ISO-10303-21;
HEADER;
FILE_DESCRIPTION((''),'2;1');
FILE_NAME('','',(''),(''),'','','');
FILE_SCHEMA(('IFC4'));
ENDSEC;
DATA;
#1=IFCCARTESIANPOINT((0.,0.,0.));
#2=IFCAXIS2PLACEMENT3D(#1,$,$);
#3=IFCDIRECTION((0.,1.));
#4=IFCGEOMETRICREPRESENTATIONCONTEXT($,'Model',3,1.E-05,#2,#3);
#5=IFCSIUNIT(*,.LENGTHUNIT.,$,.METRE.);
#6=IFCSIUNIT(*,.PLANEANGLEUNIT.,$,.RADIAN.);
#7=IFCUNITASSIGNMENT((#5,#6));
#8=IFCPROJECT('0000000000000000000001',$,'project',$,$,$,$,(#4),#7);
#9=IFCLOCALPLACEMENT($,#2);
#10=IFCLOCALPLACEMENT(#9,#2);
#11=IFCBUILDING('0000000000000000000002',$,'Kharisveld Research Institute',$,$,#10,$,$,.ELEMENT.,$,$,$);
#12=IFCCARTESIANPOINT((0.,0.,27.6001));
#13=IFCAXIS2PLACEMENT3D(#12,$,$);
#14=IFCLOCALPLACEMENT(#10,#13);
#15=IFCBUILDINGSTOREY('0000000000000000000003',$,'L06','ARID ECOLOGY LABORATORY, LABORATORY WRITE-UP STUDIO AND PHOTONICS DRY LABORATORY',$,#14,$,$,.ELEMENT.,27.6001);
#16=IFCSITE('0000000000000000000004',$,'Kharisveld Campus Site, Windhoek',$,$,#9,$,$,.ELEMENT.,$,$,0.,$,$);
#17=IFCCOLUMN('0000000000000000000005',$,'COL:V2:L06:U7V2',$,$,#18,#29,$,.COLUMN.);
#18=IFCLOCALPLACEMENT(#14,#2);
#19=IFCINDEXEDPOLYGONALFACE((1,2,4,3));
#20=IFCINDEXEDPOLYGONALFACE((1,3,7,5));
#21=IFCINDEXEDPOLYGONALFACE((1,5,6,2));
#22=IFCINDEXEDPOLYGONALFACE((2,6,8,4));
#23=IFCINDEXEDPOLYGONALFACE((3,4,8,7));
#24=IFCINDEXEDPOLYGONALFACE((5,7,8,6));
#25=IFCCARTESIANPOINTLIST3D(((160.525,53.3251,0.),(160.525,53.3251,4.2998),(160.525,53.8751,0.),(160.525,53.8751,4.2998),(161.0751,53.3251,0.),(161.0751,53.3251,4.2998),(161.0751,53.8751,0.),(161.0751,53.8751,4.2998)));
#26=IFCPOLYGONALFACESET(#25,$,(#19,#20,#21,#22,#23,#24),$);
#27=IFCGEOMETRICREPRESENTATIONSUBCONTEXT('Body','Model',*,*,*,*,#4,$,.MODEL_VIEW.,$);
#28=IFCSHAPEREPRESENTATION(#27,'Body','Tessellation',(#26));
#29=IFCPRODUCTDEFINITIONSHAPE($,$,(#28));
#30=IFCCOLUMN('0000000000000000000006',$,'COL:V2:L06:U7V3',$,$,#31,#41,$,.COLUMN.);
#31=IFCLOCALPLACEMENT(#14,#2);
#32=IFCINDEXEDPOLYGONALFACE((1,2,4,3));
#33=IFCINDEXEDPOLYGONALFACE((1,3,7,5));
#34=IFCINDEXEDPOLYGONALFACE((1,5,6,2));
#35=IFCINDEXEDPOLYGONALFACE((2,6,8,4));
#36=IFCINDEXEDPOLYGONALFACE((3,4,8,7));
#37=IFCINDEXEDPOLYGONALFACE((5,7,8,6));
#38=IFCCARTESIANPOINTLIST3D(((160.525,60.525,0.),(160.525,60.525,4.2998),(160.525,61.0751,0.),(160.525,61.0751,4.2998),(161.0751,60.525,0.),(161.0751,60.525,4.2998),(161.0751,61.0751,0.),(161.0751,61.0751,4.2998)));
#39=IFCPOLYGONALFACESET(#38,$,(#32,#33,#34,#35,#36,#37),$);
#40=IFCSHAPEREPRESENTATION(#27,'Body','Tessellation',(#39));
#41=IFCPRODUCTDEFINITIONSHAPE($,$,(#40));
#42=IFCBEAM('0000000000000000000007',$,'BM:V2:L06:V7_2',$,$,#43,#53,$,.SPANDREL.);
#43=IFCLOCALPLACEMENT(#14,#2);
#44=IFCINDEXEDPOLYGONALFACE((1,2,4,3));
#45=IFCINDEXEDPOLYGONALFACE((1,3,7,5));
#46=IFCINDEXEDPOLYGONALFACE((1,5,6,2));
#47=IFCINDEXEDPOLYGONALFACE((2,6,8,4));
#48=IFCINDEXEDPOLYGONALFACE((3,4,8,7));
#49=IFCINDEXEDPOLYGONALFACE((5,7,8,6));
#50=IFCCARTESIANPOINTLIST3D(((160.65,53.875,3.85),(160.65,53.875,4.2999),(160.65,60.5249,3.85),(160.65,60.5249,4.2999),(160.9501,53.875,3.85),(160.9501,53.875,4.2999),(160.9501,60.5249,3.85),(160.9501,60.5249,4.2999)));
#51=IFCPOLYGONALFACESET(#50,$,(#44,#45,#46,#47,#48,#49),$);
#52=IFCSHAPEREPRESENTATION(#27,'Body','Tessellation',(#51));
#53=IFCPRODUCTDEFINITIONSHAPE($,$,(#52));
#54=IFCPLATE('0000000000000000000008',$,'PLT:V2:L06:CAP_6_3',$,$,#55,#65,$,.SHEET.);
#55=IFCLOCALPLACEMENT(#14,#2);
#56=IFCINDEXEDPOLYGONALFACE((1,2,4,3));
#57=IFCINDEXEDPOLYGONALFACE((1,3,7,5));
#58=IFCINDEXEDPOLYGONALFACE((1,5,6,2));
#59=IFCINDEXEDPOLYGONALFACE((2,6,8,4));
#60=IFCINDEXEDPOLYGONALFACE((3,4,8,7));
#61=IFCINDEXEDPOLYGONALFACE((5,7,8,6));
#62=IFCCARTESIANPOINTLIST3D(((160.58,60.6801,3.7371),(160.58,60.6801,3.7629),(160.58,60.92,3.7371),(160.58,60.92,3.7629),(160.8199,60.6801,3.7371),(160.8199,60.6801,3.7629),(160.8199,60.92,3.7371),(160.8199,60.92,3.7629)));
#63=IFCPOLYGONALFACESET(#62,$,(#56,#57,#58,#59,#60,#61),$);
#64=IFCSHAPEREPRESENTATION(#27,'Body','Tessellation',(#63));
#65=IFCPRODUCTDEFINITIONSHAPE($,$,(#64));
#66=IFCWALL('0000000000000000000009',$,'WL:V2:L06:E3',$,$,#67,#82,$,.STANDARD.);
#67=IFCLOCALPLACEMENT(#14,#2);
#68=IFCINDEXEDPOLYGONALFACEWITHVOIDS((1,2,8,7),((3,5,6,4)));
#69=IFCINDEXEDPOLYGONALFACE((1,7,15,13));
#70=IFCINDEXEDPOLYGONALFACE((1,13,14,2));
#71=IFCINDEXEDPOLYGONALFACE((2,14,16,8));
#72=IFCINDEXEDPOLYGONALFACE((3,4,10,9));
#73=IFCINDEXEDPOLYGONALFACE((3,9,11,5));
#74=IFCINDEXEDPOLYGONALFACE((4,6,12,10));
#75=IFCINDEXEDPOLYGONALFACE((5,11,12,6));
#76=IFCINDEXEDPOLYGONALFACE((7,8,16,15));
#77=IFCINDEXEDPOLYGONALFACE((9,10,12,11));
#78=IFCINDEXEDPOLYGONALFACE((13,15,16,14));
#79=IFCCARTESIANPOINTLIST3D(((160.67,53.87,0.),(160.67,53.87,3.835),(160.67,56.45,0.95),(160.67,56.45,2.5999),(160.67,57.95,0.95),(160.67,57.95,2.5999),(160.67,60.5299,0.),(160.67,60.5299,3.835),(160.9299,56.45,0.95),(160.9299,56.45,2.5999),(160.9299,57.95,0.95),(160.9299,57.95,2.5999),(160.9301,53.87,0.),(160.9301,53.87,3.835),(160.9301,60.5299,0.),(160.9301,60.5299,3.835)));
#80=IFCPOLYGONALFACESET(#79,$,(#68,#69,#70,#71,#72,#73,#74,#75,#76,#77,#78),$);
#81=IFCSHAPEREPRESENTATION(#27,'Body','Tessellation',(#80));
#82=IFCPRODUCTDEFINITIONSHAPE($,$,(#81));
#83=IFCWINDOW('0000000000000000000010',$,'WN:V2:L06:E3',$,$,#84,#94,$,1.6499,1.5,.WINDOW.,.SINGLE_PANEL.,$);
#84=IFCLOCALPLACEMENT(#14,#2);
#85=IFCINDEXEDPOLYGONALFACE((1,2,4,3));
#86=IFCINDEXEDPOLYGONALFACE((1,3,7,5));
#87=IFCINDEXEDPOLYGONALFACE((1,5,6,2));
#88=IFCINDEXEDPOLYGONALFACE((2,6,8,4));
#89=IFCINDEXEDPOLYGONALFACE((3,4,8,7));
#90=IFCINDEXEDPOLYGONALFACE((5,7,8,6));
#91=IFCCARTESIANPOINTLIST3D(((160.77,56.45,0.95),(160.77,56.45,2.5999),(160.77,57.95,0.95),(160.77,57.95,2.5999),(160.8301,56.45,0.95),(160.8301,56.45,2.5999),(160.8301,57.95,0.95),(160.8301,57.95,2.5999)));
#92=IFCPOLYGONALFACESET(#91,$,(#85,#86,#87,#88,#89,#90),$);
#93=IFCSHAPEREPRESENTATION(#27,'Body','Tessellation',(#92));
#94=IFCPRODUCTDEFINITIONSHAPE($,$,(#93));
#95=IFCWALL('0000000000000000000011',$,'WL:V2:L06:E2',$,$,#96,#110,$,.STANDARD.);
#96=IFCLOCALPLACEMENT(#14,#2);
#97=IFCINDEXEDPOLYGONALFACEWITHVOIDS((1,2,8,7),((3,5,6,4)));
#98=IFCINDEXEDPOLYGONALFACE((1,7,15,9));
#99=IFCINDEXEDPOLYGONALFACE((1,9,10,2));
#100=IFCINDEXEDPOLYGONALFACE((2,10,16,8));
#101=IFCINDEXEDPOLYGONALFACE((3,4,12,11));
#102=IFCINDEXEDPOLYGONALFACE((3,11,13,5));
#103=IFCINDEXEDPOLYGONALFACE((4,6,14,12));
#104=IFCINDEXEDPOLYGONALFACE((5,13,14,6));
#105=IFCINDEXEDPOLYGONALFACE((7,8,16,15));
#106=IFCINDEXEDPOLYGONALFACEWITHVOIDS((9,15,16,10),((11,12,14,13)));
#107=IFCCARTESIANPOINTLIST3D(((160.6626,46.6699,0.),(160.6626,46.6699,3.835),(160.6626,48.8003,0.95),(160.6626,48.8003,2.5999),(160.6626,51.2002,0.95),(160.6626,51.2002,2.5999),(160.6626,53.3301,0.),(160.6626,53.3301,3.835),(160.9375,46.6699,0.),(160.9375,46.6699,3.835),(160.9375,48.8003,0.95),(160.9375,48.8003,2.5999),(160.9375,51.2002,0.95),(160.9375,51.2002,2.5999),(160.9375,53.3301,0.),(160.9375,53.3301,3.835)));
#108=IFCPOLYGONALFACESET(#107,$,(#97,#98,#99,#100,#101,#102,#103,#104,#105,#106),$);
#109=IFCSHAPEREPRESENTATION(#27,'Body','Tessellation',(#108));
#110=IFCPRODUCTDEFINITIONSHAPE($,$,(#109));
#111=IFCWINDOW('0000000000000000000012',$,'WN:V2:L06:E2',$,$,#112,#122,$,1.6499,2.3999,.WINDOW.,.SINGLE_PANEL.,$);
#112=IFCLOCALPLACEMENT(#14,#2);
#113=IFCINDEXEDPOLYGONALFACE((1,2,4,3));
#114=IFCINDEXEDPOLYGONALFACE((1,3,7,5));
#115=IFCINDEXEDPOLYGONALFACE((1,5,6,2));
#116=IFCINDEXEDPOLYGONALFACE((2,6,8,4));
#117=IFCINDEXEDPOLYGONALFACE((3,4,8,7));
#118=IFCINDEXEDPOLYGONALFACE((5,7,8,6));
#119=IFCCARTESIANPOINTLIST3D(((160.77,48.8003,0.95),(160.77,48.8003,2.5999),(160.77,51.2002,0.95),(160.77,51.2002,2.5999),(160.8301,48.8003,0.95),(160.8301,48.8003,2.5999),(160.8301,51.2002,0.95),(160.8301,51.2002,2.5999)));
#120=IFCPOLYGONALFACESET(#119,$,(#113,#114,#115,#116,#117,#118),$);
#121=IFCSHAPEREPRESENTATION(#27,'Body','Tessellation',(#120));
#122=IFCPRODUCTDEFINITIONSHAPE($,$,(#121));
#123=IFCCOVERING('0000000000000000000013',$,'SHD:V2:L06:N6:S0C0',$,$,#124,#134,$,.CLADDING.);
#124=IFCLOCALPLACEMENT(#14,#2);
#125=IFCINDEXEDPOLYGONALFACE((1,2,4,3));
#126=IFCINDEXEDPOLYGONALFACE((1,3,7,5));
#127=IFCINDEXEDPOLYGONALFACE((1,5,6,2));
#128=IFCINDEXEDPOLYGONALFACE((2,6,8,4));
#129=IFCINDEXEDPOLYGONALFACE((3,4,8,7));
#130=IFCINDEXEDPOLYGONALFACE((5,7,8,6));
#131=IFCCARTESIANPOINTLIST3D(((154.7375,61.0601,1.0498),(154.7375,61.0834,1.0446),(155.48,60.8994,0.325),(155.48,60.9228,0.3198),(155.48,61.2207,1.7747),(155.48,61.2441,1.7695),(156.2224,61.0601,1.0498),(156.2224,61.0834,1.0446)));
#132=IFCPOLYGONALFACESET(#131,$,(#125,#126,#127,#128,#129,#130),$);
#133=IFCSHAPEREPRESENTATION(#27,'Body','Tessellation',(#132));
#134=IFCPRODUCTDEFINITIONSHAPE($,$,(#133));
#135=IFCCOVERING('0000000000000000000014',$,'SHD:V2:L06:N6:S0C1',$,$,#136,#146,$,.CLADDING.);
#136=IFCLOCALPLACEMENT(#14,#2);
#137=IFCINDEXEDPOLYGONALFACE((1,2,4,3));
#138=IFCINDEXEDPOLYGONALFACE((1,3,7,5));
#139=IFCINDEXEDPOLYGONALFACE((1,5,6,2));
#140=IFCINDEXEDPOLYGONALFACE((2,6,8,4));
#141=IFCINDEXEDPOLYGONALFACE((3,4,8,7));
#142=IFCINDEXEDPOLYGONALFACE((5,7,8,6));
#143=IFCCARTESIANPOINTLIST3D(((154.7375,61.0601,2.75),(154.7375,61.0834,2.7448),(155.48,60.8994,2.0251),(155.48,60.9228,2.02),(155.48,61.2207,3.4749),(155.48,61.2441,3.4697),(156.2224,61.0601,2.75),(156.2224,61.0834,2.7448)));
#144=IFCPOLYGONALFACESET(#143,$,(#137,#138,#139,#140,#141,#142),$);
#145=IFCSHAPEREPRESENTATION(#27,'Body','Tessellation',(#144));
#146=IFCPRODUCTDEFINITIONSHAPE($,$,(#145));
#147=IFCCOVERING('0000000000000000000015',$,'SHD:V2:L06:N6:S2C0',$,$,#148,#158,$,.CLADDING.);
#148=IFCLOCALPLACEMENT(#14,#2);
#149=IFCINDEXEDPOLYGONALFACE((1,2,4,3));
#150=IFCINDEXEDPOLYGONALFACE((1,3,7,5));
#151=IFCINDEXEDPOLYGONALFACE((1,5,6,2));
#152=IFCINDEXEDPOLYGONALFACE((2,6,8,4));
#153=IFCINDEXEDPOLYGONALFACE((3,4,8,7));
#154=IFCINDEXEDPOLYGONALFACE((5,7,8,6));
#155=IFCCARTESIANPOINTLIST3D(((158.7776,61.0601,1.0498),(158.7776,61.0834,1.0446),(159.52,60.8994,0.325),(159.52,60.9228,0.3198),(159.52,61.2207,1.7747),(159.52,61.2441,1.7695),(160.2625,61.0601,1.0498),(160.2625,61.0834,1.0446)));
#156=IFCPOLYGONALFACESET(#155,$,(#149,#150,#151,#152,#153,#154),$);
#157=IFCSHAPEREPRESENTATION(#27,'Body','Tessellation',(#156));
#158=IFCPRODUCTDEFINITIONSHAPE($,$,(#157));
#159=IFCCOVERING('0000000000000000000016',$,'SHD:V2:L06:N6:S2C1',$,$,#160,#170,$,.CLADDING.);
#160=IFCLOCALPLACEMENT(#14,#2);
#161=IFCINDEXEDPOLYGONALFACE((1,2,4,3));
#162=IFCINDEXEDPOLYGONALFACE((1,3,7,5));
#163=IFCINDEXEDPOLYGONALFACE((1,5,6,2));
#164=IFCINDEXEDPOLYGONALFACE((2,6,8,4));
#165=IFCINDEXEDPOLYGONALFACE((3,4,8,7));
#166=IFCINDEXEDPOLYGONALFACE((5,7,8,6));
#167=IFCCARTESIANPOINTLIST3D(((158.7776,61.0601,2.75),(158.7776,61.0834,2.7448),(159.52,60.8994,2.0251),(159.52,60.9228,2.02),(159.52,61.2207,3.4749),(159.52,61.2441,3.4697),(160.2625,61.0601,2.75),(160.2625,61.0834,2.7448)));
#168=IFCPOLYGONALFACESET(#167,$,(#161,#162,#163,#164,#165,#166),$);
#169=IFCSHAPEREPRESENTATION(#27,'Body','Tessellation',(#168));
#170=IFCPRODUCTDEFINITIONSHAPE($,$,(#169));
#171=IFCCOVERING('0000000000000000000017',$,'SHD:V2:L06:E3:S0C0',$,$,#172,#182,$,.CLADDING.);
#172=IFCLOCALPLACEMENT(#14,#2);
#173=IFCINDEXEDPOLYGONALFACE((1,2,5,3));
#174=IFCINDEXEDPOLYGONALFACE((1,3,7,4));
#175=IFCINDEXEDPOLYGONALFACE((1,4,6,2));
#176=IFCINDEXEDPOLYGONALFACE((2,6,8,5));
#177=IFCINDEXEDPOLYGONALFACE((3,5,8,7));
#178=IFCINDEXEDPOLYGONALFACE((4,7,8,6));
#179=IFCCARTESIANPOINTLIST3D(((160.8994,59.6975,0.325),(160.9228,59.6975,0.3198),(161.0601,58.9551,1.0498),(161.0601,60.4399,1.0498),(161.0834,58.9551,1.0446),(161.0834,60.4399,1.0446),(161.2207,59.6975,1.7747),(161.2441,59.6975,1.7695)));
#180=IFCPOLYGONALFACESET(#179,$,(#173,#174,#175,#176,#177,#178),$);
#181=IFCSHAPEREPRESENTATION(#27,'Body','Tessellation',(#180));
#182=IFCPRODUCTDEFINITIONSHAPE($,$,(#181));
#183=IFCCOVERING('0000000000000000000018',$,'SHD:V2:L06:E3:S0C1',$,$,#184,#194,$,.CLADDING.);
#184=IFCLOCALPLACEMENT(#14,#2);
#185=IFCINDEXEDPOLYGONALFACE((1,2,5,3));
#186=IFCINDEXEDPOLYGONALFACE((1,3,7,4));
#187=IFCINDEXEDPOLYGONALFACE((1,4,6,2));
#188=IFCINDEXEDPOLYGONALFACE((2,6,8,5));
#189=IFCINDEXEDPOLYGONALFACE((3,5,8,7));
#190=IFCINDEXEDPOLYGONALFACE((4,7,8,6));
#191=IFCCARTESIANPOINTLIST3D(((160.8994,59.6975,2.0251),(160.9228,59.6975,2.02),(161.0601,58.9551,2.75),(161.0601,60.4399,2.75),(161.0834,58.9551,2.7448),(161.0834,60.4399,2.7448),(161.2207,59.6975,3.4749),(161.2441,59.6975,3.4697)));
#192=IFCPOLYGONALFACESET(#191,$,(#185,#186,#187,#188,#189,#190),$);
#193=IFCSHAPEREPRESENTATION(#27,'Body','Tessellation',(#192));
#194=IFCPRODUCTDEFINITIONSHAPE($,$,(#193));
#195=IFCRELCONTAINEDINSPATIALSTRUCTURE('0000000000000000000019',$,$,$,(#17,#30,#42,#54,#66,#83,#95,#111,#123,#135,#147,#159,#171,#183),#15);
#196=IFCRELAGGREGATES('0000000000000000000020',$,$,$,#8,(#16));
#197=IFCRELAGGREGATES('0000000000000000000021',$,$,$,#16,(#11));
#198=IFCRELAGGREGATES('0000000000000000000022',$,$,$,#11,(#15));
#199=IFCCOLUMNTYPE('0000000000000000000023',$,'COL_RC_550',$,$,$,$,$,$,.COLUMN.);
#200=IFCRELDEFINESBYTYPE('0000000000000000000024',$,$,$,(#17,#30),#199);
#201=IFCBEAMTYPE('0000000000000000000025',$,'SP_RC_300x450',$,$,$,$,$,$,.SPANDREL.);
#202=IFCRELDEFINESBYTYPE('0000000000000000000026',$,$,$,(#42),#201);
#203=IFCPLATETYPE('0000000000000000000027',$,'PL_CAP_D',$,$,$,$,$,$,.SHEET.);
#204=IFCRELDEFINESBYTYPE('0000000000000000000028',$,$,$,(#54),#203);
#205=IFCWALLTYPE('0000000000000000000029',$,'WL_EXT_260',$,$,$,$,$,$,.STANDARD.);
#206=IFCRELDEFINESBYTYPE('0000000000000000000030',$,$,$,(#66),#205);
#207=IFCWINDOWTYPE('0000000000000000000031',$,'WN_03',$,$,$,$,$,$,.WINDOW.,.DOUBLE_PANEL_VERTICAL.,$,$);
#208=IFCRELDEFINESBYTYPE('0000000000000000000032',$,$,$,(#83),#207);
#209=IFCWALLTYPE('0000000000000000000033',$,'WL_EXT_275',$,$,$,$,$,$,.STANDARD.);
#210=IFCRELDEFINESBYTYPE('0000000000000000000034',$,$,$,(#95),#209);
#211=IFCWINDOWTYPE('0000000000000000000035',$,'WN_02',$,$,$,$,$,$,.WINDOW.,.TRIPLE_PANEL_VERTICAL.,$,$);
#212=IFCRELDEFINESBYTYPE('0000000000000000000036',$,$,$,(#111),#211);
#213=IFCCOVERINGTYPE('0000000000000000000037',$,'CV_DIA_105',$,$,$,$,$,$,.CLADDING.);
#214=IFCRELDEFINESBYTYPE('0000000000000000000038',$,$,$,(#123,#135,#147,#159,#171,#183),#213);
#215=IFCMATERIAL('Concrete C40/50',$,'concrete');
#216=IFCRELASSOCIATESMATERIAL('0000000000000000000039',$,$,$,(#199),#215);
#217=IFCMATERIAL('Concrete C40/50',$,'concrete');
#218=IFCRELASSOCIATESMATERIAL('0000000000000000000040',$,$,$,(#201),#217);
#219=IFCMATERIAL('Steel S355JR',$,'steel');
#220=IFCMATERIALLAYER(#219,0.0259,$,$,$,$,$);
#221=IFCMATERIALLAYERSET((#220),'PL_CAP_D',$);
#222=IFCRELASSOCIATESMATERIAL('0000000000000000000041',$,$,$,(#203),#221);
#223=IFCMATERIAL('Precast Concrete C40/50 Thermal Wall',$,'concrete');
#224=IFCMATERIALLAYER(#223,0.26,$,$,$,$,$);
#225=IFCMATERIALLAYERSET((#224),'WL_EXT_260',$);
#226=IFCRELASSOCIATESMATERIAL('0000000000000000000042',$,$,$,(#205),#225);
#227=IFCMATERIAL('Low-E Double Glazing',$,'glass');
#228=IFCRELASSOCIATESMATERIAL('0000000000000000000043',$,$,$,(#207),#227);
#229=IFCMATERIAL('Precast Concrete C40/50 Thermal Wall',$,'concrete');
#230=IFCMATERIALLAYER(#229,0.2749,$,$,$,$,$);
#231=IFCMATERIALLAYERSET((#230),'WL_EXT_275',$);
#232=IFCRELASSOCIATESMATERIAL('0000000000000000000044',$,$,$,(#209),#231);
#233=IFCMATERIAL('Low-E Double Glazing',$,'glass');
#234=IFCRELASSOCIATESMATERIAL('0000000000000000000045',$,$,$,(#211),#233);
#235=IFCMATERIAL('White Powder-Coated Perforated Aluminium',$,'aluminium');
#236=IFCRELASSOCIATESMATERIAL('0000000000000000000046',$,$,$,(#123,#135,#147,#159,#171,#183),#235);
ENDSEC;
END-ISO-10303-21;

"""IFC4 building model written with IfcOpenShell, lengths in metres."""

from ifc_helpers import new_model, si_unit, direction, frame, frame_2d, origin, origin_2d, place, context, subcontext, project, spatial, polyline, rectangle, outline, extrude, material, layer, layer_set, material_profile, profile_set, type_object, element, fill, save


model = new_model("IFC4")

# Units and contexts
model_context = context("Model", 3, precision=1e-05, world=origin(), true_north=direction((0.0, 1.0)))
body_context = subcontext(model_context, "Body", "Model", "MODEL_VIEW")
ifc_project = project(units=[si_unit("LENGTHUNIT", "METRE"), si_unit("PLANEANGLEUNIT", "RADIAN")], contexts=[model_context])

# Site, building, storey
site_placement = place(None, origin())
site = spatial("IfcSite", under=ifc_project, at=site_placement, Name="Kharisveld Campus Site, Windhoek", CompositionType="ELEMENT", RefElevation=0.0)
building_placement = place(site_placement, origin())
building = spatial("IfcBuilding", under=site, at=building_placement, Name="Kharisveld Research Institute", CompositionType="ELEMENT")
storey_placement = place(building_placement, frame((0.0, 0.0, 27.6001)))
storey = spatial("IfcBuildingStorey", under=building, at=storey_placement, Name="L06", Description="ARID ECOLOGY LABORATORY, LABORATORY WRITE-UP STUDIO AND PHOTONICS DRY LABORATORY", CompositionType="ELEMENT", Elevation=27.6001)

# Columns
ifc_material_1 = material(Name="Concrete C40/50", Category="concrete")
ifc_material_profile_1 = material_profile(ifc_material_1, rectangle(XDim=0.55, YDim=0.55, at=origin_2d()))
ifc_profile_set_1 = profile_set([ifc_material_profile_1], Name="Concrete C40/50")
column_type = type_object("IfcColumnType", Name="COL_RC_550", PredefinedType="COLUMN", material=ifc_profile_set_1)
for number, where, z_axis, x_axis, name in (
    (1, (160.8, 53.6001, 0.0), (0.0, 0.0, 1.0), (1.0, 0.0, 0.0), "COL:V2:L06:U7V2"),
    (2, (160.8, 60.8, 0.0), (0.0, 0.0, 1.0), (1.0, 0.0, 0.0), "COL:V2:L06:U7V3"),
):
    element("IfcColumn", number, at=place(storey_placement, frame(where, z_axis=z_axis, x_axis=x_axis)), inside=storey, type_object=column_type, Name=name, PredefinedType="COLUMN", context=body_context, shape_type="SweptSolid", body=[
        extrude(rectangle(XDim=0.55, YDim=0.55, at=origin_2d()), origin(), (0.0, 0.0, 1.0), 4.2998),
    ])

# Beam
ifc_material_2 = material(Name="Concrete C40/50", Category="concrete")
ifc_material_profile_2 = material_profile(ifc_material_2, rectangle(XDim=0.3, YDim=0.45, at=origin_2d()))
ifc_profile_set_2 = profile_set([ifc_material_profile_2], Name="Concrete C40/50")
beam_type = type_object("IfcBeamType", Name="SP_RC_300x450", PredefinedType="SPANDREL", material=ifc_profile_set_2)
beam_placement = place(storey_placement, frame((160.8, 53.875, 4.075), z_axis=(0.0, 1.0, 0.0), x_axis=(-1.0, 0.0, 0.0)))
element("IfcBeam", 3, at=beam_placement, inside=storey, type_object=beam_type, Name="BM:V2:L06:V7_2", PredefinedType="SPANDREL", context=body_context, shape_type="SweptSolid", body=[
    extrude(rectangle(XDim=0.3, YDim=0.45, at=origin_2d()), origin(), (0.0, 0.0, 1.0), 6.6499),
])

# Plate
ifc_material_3 = material(Name="Steel S355JR", Category="steel")
ifc_layer_1 = layer(ifc_material_3, 0.0259)
ifc_layer_set_1 = layer_set([ifc_layer_1], Name="PL_CAP_D")
plate_type = type_object("IfcPlateType", Name="PL_CAP_D", PredefinedType="SHEET", material=ifc_layer_set_1)
plate_placement = place(storey_placement, frame((160.7, 60.8, 3.7371), z_axis=(0.0, 0.0, 1.0), x_axis=(1.0, 0.0, 0.0)))
element("IfcPlate", 4, at=plate_placement, inside=storey, type_object=plate_type, Name="PLT:V2:L06:CAP_6_3", PredefinedType="SHEET", context=body_context, shape_type="SweptSolid", body=[
    extrude(rectangle(XDim=0.24, YDim=0.24, at=origin_2d()), origin(), (0.0, 0.0, 1.0), 0.0259),
])

# Walls, openings, windows
ifc_material_4 = material(Name="Precast Concrete C40/50 Thermal Wall", Category="concrete")
ifc_layer_2 = layer(ifc_material_4, 0.26)
ifc_layer_set_2 = layer_set([ifc_layer_2], Name="WL_EXT_260")
wall_type_1 = type_object("IfcWallType", Name="WL_EXT_260", PredefinedType="STANDARD", material=ifc_layer_set_2)
wall_1_placement = place(storey_placement, frame((160.8, 60.53, 0.0), z_axis=(0.0, 0.0, 1.0), x_axis=(0.0, -1.0, 0.0)))
wall_1 = element("IfcWall", 5, at=wall_1_placement, inside=storey, type_object=wall_type_1, Name="WL:V2:L06:E3", PredefinedType="STANDARD", context=body_context, shape_type="SweptSolid", body=[
    extrude(rectangle(XDim=6.6599, YDim=0.26, at=frame_2d((3.3301, 0.0))), origin(), (0.0, 0.0, 1.0), 3.835),
])
opening_1_placement = place(wall_1_placement, frame((2.5801, 0.0, 0.95)))
opening_1 = element("IfcOpeningElement", 6, at=opening_1_placement, cuts=wall_1, PredefinedType="OPENING", context=body_context, shape_type="SweptSolid", body=[
    extrude(rectangle(XDim=1.5, YDim=1.6499, at=frame_2d((0.75, 0.825))), frame((0.0, 0.1299, 0.0), z_axis=(0.0, -1.0, 0.0), x_axis=(1.0, 0.0, 0.0)), (0.0, 0.0, 1.0), 0.26),
])
ifc_material_5 = material(Name="Low-E Double Glazing", Category="glass")
window_type_1 = type_object("IfcWindowType", Name="WN_03", PartitioningType="DOUBLE_PANEL_VERTICAL", PredefinedType="WINDOW", material=ifc_material_5)
window_1_placement = place(opening_1_placement, origin())
window_1 = element("IfcWindow", 7, at=window_1_placement, inside=storey, type_object=window_type_1, Name="WN:V2:L06:E3", OverallHeight=1.6499, OverallWidth=1.5, PartitioningType="SINGLE_PANEL", PredefinedType="WINDOW", context=body_context, shape_type="SweptSolid", body=[
    extrude(rectangle(XDim=1.5, YDim=1.6499, at=frame_2d((0.75, 0.825))), frame((0.0, 0.03, 0.0), z_axis=(0.0, -1.0, 0.0), x_axis=(1.0, 0.0, 0.0)), (0.0, 0.0, 1.0), 0.0601),
])
fill(opening_1, window_1)
ifc_material_6 = material(Name="Precast Concrete C40/50 Thermal Wall", Category="concrete")
ifc_layer_3 = layer(ifc_material_6, 0.2749)
ifc_layer_set_3 = layer_set([ifc_layer_3], Name="WL_EXT_275")
wall_type_2 = type_object("IfcWallType", Name="WL_EXT_275", PredefinedType="STANDARD", material=ifc_layer_set_3)
wall_2_placement = place(storey_placement, frame((160.8, 53.3301, 0.0), z_axis=(0.0, 0.0, 1.0), x_axis=(0.0, -1.0, 0.0)))
wall_2 = element("IfcWall", 8, at=wall_2_placement, inside=storey, type_object=wall_type_2, Name="WL:V2:L06:E2", PredefinedType="STANDARD", context=body_context, shape_type="SweptSolid", body=[
    extrude(rectangle(XDim=6.6602, YDim=0.2749, at=frame_2d((3.3301, 0.0))), origin(), (0.0, 0.0, 1.0), 3.835),
])
opening_2_placement = place(wall_2_placement, frame((2.1299, 0.0, 0.95)))
opening_2 = element("IfcOpeningElement", 9, at=opening_2_placement, cuts=wall_2, PredefinedType="OPENING", context=body_context, shape_type="SweptSolid", body=[
    extrude(rectangle(XDim=2.3999, YDim=1.6499, at=frame_2d((1.2, 0.825))), frame((0.0, 0.1375, 0.0), z_axis=(0.0, -1.0, 0.0), x_axis=(1.0, 0.0, 0.0)), (0.0, 0.0, 1.0), 0.2749),
])
ifc_material_7 = material(Name="Low-E Double Glazing", Category="glass")
window_type_2 = type_object("IfcWindowType", Name="WN_02", PartitioningType="TRIPLE_PANEL_VERTICAL", PredefinedType="WINDOW", material=ifc_material_7)
window_2_placement = place(opening_2_placement, origin())
window_2 = element("IfcWindow", 10, at=window_2_placement, inside=storey, type_object=window_type_2, Name="WN:V2:L06:E2", OverallHeight=1.6499, OverallWidth=2.3999, PartitioningType="SINGLE_PANEL", PredefinedType="WINDOW", context=body_context, shape_type="SweptSolid", body=[
    extrude(rectangle(XDim=2.3999, YDim=1.6499, at=frame_2d((1.2, 0.825))), frame((0.0, 0.03, 0.0), z_axis=(0.0, -1.0, 0.0), x_axis=(1.0, 0.0, 0.0)), (0.0, 0.0, 1.0), 0.0601),
])
fill(opening_2, window_2)

# Coverings
ifc_material_8 = material(Name="White Powder-Coated Perforated Aluminium", Category="aluminium")
covering_type = type_object("IfcCoveringType", Name="CV_DIA_105", PredefinedType="CLADDING")
for number, where, z_axis, x_axis, name in (
    (11, (155.48, 60.8994, 0.325), (0.0, -0.976311, 0.216373), (0.707102, 0.153, 0.69036), "SHD:V2:L06:N6:S0C0"),
    (12, (155.48, 60.8994, 2.0251), (0.0, -0.976311, 0.216373), (0.707102, 0.153, 0.69036), "SHD:V2:L06:N6:S0C1"),
    (13, (159.52, 60.8994, 0.325), (0.0, -0.976311, 0.216373), (0.707102, 0.153, 0.69036), "SHD:V2:L06:N6:S2C0"),
    (14, (159.52, 60.8994, 2.0251), (0.0, -0.976311, 0.216373), (0.707102, 0.153, 0.69036), "SHD:V2:L06:N6:S2C1"),
    (15, (160.8994, 59.6975, 0.325), (-0.976311, 0.0, 0.216373), (0.153, -0.707102, 0.69036), "SHD:V2:L06:E3:S0C0"),
    (16, (160.8994, 59.6975, 2.0251), (-0.976311, 0.0, 0.216373), (0.153, -0.707102, 0.69036), "SHD:V2:L06:E3:S0C1"),
):
    element("IfcCovering", number, at=place(storey_placement, frame(where, z_axis=z_axis, x_axis=x_axis)), inside=storey, type_object=covering_type, material=ifc_material_8, Name=name, PredefinedType="CLADDING", context=body_context, shape_type="SweptSolid", body=[
        extrude(outline(polyline([(0.0, 0.0), (1.05, 0.0), (1.05, 1.05), (0.0, 1.05), (0.0, 0.0)])), origin(), (0.0, 0.0, -1.0), 0.0239),
    ])

save(model, "model.ifc")
